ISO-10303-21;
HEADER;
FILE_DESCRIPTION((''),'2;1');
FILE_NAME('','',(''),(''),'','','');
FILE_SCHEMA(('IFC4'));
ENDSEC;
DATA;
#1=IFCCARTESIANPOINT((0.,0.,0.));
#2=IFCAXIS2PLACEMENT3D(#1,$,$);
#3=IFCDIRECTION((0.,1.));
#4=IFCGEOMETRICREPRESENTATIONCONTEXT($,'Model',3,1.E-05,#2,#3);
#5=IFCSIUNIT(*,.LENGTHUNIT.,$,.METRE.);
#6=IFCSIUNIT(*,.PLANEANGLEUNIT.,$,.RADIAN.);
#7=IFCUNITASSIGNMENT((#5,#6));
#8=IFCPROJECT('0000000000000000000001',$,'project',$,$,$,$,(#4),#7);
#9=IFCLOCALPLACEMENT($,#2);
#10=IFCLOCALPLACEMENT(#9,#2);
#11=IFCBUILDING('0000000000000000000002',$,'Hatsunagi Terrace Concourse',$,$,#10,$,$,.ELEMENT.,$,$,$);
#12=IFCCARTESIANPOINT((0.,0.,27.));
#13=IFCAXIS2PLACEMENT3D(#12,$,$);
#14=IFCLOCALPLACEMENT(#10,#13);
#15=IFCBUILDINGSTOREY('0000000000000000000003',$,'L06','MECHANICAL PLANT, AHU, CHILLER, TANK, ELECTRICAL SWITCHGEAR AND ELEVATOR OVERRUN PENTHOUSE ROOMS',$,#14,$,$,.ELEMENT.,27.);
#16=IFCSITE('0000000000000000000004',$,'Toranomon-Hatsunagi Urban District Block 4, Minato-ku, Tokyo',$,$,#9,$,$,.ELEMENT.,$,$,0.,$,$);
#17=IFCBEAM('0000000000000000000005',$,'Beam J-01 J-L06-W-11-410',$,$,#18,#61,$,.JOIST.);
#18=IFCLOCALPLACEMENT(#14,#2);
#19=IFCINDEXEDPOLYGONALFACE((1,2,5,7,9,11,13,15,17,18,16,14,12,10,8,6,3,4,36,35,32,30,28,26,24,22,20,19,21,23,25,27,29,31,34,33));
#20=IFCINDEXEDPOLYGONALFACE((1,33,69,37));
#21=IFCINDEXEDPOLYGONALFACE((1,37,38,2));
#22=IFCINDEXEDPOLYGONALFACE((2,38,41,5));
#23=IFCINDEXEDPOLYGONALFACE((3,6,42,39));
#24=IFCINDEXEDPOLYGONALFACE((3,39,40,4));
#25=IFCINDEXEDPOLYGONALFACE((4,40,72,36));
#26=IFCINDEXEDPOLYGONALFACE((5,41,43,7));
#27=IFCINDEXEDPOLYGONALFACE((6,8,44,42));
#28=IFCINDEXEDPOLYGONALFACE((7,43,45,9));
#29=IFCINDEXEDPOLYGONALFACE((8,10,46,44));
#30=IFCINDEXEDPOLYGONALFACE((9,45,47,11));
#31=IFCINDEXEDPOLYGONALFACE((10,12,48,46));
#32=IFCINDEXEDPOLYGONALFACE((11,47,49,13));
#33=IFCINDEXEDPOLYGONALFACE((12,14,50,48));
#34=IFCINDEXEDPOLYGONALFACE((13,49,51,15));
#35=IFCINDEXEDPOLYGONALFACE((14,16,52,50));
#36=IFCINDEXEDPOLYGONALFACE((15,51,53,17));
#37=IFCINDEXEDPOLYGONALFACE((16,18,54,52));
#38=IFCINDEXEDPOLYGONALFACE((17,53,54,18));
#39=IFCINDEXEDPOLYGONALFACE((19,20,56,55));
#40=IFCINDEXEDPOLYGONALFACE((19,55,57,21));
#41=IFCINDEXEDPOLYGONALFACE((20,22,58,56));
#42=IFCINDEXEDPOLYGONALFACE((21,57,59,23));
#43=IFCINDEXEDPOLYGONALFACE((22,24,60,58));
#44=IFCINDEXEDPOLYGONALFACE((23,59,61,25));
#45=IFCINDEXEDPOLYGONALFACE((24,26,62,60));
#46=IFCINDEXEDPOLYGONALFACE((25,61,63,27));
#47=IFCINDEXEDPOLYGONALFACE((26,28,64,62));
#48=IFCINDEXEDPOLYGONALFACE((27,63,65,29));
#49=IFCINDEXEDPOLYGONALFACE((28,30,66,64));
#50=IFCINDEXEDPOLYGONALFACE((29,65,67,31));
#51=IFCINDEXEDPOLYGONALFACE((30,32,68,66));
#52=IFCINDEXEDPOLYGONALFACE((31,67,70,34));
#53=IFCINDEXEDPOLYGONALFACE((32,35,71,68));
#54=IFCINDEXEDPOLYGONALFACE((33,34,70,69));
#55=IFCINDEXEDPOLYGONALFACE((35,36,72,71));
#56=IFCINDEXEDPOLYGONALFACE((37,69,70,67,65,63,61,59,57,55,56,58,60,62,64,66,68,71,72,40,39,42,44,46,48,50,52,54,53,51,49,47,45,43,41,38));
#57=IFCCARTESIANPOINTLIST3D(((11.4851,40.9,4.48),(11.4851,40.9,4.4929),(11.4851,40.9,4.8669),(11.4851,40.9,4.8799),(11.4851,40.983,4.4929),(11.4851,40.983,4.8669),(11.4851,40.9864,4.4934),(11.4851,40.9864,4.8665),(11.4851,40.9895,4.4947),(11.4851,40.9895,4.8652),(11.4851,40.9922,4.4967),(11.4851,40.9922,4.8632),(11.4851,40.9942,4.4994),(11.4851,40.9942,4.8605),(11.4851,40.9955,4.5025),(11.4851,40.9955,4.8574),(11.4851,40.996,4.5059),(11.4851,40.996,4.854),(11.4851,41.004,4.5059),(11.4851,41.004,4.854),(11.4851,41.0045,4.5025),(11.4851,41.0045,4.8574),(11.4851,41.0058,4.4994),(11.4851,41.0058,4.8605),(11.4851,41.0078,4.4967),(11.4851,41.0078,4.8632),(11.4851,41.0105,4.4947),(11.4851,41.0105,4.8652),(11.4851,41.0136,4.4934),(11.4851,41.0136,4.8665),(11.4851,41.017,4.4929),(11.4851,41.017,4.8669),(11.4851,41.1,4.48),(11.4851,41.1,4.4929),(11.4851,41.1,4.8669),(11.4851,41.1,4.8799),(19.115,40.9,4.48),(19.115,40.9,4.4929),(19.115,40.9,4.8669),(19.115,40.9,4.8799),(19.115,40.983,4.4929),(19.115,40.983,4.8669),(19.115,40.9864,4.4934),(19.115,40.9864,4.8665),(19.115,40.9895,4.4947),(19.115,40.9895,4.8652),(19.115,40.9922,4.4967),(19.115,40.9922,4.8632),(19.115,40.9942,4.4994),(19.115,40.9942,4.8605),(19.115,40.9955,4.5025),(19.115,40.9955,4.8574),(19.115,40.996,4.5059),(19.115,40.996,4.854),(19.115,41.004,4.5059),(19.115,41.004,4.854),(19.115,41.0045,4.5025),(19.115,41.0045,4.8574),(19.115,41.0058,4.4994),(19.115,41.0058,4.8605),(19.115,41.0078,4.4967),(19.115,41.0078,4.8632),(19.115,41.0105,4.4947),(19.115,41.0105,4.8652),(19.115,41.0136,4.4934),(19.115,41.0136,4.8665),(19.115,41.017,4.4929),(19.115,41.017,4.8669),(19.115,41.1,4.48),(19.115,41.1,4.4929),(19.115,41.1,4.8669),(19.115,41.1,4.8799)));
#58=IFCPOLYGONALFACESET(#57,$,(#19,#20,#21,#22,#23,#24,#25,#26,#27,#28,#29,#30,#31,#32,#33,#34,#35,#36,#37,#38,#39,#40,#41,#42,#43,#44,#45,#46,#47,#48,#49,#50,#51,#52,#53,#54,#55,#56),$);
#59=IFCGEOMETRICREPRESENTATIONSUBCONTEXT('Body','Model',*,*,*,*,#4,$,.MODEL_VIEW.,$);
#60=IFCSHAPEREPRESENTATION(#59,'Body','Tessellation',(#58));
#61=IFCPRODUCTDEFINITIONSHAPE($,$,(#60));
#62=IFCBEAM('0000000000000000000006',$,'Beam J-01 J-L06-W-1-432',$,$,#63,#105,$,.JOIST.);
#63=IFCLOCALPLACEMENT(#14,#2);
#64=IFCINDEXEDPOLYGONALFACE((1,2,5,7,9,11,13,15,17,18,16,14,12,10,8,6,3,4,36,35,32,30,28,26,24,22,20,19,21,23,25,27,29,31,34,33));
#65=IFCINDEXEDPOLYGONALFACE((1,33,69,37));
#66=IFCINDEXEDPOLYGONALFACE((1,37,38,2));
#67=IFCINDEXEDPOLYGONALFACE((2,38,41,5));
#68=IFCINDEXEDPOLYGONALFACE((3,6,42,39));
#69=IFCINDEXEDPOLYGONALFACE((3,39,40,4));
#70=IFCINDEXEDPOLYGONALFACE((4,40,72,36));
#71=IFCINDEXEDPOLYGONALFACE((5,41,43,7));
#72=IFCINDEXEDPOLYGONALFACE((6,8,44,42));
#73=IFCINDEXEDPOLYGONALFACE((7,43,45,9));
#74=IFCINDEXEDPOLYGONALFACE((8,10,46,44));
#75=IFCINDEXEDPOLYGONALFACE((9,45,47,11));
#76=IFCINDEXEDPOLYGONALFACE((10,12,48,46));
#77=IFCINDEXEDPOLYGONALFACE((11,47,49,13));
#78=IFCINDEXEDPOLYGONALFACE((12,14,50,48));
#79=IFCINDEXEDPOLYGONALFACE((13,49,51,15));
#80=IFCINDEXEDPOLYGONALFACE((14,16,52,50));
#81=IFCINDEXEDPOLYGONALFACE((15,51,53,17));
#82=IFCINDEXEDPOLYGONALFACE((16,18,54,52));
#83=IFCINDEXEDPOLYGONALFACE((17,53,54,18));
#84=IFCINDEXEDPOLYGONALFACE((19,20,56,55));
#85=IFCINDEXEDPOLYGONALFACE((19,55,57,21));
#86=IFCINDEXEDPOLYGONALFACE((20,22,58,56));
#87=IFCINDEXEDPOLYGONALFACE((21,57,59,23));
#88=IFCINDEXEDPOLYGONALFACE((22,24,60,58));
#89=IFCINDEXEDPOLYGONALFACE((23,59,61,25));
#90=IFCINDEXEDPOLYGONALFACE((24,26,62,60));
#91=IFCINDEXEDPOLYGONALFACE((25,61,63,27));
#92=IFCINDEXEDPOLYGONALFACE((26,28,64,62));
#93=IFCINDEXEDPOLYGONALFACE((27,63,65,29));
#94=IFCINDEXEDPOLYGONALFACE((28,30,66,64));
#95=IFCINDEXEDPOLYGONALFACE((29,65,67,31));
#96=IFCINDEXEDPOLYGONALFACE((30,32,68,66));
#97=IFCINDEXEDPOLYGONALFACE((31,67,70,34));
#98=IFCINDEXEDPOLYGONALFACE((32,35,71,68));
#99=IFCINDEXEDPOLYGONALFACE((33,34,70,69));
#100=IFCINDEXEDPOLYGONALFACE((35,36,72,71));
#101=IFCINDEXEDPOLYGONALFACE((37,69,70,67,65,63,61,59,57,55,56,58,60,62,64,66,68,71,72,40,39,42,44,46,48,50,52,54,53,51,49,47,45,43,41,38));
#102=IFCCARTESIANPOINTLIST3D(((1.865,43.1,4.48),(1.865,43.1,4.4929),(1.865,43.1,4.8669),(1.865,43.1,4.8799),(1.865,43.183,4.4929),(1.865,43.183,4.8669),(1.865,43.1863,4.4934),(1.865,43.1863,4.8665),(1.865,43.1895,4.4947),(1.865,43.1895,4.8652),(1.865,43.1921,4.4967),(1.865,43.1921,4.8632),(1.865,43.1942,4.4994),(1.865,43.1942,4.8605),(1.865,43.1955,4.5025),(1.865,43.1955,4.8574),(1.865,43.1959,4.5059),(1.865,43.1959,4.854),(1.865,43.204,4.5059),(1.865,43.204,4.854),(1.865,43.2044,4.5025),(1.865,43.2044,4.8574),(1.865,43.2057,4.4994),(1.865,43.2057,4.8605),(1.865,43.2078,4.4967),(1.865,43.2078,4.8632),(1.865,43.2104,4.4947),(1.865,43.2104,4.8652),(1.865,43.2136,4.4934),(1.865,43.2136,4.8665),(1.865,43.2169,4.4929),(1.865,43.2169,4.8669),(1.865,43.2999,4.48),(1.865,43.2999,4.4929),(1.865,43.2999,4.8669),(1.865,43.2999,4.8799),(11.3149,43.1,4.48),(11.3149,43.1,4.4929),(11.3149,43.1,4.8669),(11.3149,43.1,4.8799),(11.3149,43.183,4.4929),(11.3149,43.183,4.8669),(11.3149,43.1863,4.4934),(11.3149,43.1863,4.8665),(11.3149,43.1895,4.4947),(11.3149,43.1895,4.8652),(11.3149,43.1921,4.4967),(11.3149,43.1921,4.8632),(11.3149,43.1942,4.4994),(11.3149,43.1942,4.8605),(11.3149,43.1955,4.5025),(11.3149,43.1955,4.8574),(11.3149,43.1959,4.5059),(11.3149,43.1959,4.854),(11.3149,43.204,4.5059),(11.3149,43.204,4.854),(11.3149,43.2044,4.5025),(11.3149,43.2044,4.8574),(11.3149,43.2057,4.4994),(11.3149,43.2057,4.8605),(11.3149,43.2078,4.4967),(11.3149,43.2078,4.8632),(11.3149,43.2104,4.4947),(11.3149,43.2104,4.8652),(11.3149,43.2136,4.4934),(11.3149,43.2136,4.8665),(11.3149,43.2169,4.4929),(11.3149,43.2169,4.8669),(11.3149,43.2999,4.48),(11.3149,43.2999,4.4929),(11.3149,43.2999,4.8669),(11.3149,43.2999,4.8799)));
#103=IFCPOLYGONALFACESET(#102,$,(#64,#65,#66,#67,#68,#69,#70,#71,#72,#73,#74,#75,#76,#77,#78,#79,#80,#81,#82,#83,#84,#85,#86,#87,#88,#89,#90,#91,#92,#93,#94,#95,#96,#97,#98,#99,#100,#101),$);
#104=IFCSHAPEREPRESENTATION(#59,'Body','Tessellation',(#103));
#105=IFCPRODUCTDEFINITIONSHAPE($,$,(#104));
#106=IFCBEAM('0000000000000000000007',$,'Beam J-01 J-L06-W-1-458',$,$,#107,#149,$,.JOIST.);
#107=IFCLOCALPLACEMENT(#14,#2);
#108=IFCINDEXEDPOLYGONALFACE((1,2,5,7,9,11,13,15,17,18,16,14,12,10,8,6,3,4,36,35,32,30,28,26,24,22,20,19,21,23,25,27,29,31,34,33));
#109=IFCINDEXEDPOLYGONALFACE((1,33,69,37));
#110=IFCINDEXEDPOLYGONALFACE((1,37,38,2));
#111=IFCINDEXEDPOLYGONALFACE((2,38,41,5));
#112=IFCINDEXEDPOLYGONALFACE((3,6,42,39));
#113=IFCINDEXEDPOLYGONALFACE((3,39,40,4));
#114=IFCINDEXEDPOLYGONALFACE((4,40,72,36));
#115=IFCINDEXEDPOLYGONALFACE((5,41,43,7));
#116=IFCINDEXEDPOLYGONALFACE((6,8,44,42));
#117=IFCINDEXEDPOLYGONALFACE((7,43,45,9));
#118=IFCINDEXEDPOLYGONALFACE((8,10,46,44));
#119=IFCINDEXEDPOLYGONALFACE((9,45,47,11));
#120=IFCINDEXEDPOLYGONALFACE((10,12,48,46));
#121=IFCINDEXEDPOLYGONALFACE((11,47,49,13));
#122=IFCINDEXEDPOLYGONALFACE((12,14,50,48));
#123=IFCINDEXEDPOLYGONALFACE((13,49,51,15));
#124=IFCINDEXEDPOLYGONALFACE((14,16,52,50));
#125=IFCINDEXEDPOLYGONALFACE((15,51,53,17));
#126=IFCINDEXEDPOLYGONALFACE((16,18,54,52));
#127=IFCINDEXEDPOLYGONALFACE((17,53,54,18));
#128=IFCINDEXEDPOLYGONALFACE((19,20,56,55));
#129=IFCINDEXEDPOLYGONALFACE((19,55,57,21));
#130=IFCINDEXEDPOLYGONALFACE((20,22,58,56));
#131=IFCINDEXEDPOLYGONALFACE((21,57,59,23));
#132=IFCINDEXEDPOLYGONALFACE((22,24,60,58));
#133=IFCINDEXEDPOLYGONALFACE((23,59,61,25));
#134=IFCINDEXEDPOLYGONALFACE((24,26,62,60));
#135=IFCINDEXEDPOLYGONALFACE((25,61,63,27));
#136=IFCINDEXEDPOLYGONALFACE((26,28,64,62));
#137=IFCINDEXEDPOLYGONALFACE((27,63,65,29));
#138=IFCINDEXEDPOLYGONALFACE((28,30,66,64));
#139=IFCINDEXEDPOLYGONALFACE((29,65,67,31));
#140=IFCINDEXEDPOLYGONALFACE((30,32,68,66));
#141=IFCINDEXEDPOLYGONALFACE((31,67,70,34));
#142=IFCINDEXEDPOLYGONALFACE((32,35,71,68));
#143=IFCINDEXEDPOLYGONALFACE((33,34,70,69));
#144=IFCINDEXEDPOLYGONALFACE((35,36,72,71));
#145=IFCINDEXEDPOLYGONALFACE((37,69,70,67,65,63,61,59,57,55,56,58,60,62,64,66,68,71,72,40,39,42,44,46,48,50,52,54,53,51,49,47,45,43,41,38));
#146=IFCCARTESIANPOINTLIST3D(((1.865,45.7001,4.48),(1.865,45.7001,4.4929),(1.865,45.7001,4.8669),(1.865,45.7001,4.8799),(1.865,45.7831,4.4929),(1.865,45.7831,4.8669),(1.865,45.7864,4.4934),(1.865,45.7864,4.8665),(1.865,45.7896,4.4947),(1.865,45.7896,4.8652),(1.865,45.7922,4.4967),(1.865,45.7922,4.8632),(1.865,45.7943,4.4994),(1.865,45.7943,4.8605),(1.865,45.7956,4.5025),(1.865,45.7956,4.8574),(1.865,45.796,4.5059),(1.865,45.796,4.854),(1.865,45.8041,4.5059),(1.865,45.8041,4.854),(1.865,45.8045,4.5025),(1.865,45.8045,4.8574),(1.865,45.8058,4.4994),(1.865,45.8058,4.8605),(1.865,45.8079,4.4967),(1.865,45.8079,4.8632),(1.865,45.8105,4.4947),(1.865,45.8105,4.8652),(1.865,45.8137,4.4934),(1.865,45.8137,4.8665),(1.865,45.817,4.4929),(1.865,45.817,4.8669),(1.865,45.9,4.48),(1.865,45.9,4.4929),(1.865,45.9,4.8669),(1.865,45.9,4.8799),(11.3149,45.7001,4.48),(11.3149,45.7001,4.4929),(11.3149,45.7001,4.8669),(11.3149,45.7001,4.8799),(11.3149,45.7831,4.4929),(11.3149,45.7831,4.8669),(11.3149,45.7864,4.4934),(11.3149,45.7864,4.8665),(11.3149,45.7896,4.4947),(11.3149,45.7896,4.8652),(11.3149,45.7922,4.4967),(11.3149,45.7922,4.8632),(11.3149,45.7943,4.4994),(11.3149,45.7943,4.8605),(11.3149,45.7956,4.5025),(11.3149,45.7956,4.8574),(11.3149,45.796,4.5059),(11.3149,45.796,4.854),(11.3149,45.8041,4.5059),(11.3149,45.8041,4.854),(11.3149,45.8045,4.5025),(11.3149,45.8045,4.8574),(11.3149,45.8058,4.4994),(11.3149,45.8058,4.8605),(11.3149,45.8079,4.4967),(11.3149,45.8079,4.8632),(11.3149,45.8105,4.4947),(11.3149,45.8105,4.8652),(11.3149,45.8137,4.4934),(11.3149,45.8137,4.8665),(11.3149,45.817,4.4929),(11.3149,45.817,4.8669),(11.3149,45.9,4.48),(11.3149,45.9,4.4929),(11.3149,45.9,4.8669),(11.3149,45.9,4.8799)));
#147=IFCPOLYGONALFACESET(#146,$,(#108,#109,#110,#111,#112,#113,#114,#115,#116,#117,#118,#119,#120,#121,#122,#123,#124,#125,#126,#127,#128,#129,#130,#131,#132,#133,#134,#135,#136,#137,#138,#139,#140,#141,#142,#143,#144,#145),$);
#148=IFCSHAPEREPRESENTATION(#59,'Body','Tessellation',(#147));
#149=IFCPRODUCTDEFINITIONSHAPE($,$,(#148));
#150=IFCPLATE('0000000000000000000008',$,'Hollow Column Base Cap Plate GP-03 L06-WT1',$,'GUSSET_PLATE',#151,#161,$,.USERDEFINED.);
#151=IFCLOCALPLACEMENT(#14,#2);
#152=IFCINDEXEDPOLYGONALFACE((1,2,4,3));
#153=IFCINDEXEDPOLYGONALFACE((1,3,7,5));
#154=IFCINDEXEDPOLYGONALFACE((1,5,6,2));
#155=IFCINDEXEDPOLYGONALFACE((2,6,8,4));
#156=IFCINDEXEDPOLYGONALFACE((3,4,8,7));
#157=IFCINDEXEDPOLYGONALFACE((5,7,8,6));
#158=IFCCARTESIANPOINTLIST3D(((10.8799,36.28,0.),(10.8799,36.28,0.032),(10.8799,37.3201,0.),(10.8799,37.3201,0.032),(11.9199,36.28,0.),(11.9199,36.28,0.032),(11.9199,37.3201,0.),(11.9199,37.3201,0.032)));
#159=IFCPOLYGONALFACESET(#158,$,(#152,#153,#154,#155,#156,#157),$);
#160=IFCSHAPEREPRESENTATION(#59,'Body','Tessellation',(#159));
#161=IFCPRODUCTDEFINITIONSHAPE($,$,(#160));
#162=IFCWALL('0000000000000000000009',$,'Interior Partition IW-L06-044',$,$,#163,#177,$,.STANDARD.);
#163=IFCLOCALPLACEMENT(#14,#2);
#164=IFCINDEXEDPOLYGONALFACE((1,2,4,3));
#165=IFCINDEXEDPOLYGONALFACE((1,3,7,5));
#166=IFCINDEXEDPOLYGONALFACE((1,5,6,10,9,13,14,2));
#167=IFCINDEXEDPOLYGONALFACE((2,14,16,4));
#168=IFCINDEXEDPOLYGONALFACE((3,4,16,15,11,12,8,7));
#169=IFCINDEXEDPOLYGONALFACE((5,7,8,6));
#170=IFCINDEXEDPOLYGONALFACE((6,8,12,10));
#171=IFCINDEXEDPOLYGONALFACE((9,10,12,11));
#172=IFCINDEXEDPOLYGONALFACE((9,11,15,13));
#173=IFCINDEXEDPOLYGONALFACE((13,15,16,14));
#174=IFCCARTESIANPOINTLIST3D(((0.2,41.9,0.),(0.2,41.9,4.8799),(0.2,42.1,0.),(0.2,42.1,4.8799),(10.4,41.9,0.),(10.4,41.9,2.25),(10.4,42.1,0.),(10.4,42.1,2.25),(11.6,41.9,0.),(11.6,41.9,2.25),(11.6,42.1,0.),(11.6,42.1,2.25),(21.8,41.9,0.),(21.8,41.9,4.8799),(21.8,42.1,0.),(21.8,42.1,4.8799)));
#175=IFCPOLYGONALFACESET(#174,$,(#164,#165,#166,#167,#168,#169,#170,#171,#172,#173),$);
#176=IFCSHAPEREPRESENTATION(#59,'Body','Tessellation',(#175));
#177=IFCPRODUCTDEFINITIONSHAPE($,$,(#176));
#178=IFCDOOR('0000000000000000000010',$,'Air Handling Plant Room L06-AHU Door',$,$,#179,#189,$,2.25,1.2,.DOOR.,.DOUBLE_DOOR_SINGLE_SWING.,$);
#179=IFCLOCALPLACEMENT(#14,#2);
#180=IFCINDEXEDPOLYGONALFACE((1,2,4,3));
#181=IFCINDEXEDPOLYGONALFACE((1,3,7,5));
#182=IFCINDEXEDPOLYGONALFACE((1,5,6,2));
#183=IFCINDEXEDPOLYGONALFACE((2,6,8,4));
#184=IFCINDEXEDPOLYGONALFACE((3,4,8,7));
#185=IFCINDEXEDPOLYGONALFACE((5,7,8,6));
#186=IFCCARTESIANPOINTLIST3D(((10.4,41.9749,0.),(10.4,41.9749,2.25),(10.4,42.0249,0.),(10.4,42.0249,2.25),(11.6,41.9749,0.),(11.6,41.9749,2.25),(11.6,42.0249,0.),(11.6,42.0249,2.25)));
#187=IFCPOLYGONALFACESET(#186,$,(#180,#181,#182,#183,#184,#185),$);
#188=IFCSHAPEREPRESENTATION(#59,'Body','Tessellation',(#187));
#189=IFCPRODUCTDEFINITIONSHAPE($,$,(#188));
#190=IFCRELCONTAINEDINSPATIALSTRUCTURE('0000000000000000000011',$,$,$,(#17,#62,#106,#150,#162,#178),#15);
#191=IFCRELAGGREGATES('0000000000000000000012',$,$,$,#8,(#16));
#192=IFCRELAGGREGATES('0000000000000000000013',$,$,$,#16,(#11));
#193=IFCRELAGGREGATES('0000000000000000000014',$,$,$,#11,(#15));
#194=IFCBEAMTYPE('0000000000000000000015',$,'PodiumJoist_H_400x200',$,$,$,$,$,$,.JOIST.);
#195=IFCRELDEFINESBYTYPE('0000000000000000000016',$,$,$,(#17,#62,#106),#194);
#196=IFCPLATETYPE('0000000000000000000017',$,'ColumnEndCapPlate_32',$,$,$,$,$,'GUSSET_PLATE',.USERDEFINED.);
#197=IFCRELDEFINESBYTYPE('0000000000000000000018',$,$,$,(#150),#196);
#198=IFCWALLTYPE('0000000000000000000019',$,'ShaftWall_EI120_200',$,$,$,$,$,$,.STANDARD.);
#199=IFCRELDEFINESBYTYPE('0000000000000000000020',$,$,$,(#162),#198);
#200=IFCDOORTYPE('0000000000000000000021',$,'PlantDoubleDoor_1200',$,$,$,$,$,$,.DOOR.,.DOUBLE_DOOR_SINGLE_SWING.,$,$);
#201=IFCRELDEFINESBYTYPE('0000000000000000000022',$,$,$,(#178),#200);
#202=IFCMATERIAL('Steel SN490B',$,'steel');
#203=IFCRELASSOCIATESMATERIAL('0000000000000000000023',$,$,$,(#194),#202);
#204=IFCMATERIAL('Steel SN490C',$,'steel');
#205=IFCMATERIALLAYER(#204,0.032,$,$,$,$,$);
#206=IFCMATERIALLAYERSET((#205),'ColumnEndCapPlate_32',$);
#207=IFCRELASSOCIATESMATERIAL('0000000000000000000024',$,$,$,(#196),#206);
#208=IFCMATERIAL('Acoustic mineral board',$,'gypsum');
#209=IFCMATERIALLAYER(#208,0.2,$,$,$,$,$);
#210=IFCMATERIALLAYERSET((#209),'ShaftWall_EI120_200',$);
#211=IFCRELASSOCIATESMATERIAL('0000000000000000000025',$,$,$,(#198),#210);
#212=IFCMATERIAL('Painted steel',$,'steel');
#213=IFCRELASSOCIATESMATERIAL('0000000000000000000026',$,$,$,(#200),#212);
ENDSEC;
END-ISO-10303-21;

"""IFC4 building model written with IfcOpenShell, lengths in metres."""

from ifc_helpers import new_model, si_unit, direction, frame, frame_2d, origin, origin_2d, place, context, subcontext, project, spatial, rectangle, i_section, extrude, material, layer, layer_set, material_profile, profile_set, type_object, element, fill, save


model = new_model("IFC4")

# Units and contexts
model_context = context("Model", 3, precision=1e-05, world=origin(), true_north=direction((0.0, 1.0)))
body_context = subcontext(model_context, "Body", "Model", "MODEL_VIEW")
ifc_project = project(units=[si_unit("LENGTHUNIT", "METRE"), si_unit("PLANEANGLEUNIT", "RADIAN")], contexts=[model_context])

# Site, building, storey
site_placement = place(None, origin())
site = spatial("IfcSite", under=ifc_project, at=site_placement, Name="Toranomon-Hatsunagi Urban District Block 4, Minato-ku, Tokyo", CompositionType="ELEMENT", RefElevation=0.0)
building_placement = place(site_placement, origin())
building = spatial("IfcBuilding", under=site, at=building_placement, Name="Hatsunagi Terrace Concourse", CompositionType="ELEMENT")
storey_placement = place(building_placement, frame((0.0, 0.0, 27.0)))
storey = spatial("IfcBuildingStorey", under=building, at=storey_placement, Name="L06", Description="MECHANICAL PLANT, AHU, CHILLER, TANK, ELECTRICAL SWITCHGEAR AND ELEVATOR OVERRUN PENTHOUSE ROOMS", CompositionType="ELEMENT", Elevation=27.0)

# Beams
ifc_material_1 = material(Name="Steel SN490B", Category="steel")
ifc_material_profile_1 = material_profile(ifc_material_1, i_section(OverallWidth=0.2, OverallDepth=0.3999, WebThickness=0.0081, FlangeThickness=0.0129, FilletRadius=0.0129, at=origin_2d()), Name="H-400x200x8x13")
ifc_profile_set_1 = profile_set([ifc_material_profile_1], Name="Steel SN490B")
beam_type_1 = type_object("IfcBeamType", Name="PodiumJoist_H_400x200", PredefinedType="JOIST", material=ifc_profile_set_1)
beam_1_placement = place(storey_placement, frame((11.4851, 41.0, 4.6799), z_axis=(1.0, 0.0, 0.0), x_axis=(0.0, 1.0, 0.0)))
element("IfcBeam", 1, at=beam_1_placement, inside=storey, type_object=beam_type_1, Name="Beam J-01 J-L06-W-11-410", PredefinedType="JOIST", context=body_context, shape_type="SweptSolid", body=[
    extrude(i_section(OverallWidth=0.2, OverallDepth=0.3999, WebThickness=0.0081, FlangeThickness=0.0129, FilletRadius=0.0129, at=origin_2d()), origin(), (0.0, 0.0, 1.0), 7.6299),
])
for number, where, z_axis, x_axis, name in (
    (2, (1.865, 43.2, 4.6799), (1.0, 0.0, 0.0), (0.0, 1.0, 0.0), "Beam J-01 J-L06-W-1-432"),
    (3, (1.865, 45.8, 4.6799), (1.0, 0.0, 0.0), (0.0, 1.0, 0.0), "Beam J-01 J-L06-W-1-458"),
):
    element("IfcBeam", number, at=place(storey_placement, frame(where, z_axis=z_axis, x_axis=x_axis)), inside=storey, type_object=beam_type_1, Name=name, PredefinedType="JOIST", context=body_context, shape_type="SweptSolid", body=[
        extrude(i_section(OverallWidth=0.2, OverallDepth=0.3999, WebThickness=0.0081, FlangeThickness=0.0129, FilletRadius=0.0129, at=origin_2d()), origin(), (0.0, 0.0, 1.0), 9.45),
    ])

# Plate
ifc_material_2 = material(Name="Steel SN490C", Category="steel")
ifc_layer_1 = layer(ifc_material_2, 0.032)
ifc_layer_set_1 = layer_set([ifc_layer_1], Name="ColumnEndCapPlate_32")
plate_type = type_object("IfcPlateType", Name="ColumnEndCapPlate_32", ElementType="GUSSET_PLATE", PredefinedType="USERDEFINED", material=ifc_layer_set_1)
plate_placement = place(storey_placement, frame((11.3999, 36.8, 0.0), z_axis=(0.0, 0.0, 1.0), x_axis=(1.0, 0.0, 0.0)))
element("IfcPlate", 4, at=plate_placement, inside=storey, type_object=plate_type, Name="Hollow Column Base Cap Plate GP-03 L06-WT1", ObjectType="GUSSET_PLATE", PredefinedType="USERDEFINED", context=body_context, shape_type="SweptSolid", body=[
    extrude(rectangle(XDim=1.04, YDim=1.04, at=origin_2d()), origin(), (0.0, 0.0, 1.0), 0.032),
])

# Wall, opening, door
ifc_material_3 = material(Name="Acoustic mineral board", Category="gypsum")
ifc_layer_2 = layer(ifc_material_3, 0.2)
ifc_layer_set_2 = layer_set([ifc_layer_2], Name="ShaftWall_EI120_200")
wall_type_1 = type_object("IfcWallType", Name="ShaftWall_EI120_200", PredefinedType="STANDARD", material=ifc_layer_set_2)
wall_1_placement = place(storey_placement, frame((0.2, 42.0, 0.0), z_axis=(0.0, 0.0, 1.0), x_axis=(1.0, 0.0, 0.0)))
wall_1 = element("IfcWall", 5, at=wall_1_placement, inside=storey, type_object=wall_type_1, Name="Interior Partition IW-L06-044", PredefinedType="STANDARD", context=body_context, shape_type="SweptSolid", body=[
    extrude(rectangle(XDim=21.6001, YDim=0.2, at=frame_2d((10.8, 0.0))), origin(), (0.0, 0.0, 1.0), 4.8799),
])
opening_placement = place(wall_1_placement, frame((10.2, 0.0, 0.0)))
opening = element("IfcOpeningElement", 6, at=opening_placement, cuts=wall_1, PredefinedType="OPENING", context=body_context, shape_type="SweptSolid", body=[
    extrude(rectangle(XDim=1.2, YDim=2.25, at=frame_2d((0.6001, 1.125))), frame((0.0, 0.1099, 0.0), z_axis=(0.0, -1.0, 0.0), x_axis=(1.0, 0.0, 0.0)), (0.0, 0.0, 1.0), 0.22),
])
ifc_material_4 = material(Name="Painted steel", Category="steel")
door_type = type_object("IfcDoorType", Name="PlantDoubleDoor_1200", OperationType="DOUBLE_DOOR_SINGLE_SWING", PredefinedType="DOOR", material=ifc_material_4)
door_placement = place(opening_placement, origin())
door = element("IfcDoor", 7, at=door_placement, inside=storey, type_object=door_type, Name="Air Handling Plant Room L06-AHU Door", OperationType="DOUBLE_DOOR_SINGLE_SWING", OverallHeight=2.25, OverallWidth=1.2, PredefinedType="DOOR", context=body_context, shape_type="SweptSolid", body=[
    extrude(rectangle(XDim=1.2, YDim=2.25, at=frame_2d((0.6001, 1.125))), frame((0.0, 0.0249, 0.0), z_axis=(0.0, -1.0, 0.0), x_axis=(1.0, 0.0, 0.0)), (0.0, 0.0, 1.0), 0.05),
])
fill(opening, door)

save(model, "model.ifc")
